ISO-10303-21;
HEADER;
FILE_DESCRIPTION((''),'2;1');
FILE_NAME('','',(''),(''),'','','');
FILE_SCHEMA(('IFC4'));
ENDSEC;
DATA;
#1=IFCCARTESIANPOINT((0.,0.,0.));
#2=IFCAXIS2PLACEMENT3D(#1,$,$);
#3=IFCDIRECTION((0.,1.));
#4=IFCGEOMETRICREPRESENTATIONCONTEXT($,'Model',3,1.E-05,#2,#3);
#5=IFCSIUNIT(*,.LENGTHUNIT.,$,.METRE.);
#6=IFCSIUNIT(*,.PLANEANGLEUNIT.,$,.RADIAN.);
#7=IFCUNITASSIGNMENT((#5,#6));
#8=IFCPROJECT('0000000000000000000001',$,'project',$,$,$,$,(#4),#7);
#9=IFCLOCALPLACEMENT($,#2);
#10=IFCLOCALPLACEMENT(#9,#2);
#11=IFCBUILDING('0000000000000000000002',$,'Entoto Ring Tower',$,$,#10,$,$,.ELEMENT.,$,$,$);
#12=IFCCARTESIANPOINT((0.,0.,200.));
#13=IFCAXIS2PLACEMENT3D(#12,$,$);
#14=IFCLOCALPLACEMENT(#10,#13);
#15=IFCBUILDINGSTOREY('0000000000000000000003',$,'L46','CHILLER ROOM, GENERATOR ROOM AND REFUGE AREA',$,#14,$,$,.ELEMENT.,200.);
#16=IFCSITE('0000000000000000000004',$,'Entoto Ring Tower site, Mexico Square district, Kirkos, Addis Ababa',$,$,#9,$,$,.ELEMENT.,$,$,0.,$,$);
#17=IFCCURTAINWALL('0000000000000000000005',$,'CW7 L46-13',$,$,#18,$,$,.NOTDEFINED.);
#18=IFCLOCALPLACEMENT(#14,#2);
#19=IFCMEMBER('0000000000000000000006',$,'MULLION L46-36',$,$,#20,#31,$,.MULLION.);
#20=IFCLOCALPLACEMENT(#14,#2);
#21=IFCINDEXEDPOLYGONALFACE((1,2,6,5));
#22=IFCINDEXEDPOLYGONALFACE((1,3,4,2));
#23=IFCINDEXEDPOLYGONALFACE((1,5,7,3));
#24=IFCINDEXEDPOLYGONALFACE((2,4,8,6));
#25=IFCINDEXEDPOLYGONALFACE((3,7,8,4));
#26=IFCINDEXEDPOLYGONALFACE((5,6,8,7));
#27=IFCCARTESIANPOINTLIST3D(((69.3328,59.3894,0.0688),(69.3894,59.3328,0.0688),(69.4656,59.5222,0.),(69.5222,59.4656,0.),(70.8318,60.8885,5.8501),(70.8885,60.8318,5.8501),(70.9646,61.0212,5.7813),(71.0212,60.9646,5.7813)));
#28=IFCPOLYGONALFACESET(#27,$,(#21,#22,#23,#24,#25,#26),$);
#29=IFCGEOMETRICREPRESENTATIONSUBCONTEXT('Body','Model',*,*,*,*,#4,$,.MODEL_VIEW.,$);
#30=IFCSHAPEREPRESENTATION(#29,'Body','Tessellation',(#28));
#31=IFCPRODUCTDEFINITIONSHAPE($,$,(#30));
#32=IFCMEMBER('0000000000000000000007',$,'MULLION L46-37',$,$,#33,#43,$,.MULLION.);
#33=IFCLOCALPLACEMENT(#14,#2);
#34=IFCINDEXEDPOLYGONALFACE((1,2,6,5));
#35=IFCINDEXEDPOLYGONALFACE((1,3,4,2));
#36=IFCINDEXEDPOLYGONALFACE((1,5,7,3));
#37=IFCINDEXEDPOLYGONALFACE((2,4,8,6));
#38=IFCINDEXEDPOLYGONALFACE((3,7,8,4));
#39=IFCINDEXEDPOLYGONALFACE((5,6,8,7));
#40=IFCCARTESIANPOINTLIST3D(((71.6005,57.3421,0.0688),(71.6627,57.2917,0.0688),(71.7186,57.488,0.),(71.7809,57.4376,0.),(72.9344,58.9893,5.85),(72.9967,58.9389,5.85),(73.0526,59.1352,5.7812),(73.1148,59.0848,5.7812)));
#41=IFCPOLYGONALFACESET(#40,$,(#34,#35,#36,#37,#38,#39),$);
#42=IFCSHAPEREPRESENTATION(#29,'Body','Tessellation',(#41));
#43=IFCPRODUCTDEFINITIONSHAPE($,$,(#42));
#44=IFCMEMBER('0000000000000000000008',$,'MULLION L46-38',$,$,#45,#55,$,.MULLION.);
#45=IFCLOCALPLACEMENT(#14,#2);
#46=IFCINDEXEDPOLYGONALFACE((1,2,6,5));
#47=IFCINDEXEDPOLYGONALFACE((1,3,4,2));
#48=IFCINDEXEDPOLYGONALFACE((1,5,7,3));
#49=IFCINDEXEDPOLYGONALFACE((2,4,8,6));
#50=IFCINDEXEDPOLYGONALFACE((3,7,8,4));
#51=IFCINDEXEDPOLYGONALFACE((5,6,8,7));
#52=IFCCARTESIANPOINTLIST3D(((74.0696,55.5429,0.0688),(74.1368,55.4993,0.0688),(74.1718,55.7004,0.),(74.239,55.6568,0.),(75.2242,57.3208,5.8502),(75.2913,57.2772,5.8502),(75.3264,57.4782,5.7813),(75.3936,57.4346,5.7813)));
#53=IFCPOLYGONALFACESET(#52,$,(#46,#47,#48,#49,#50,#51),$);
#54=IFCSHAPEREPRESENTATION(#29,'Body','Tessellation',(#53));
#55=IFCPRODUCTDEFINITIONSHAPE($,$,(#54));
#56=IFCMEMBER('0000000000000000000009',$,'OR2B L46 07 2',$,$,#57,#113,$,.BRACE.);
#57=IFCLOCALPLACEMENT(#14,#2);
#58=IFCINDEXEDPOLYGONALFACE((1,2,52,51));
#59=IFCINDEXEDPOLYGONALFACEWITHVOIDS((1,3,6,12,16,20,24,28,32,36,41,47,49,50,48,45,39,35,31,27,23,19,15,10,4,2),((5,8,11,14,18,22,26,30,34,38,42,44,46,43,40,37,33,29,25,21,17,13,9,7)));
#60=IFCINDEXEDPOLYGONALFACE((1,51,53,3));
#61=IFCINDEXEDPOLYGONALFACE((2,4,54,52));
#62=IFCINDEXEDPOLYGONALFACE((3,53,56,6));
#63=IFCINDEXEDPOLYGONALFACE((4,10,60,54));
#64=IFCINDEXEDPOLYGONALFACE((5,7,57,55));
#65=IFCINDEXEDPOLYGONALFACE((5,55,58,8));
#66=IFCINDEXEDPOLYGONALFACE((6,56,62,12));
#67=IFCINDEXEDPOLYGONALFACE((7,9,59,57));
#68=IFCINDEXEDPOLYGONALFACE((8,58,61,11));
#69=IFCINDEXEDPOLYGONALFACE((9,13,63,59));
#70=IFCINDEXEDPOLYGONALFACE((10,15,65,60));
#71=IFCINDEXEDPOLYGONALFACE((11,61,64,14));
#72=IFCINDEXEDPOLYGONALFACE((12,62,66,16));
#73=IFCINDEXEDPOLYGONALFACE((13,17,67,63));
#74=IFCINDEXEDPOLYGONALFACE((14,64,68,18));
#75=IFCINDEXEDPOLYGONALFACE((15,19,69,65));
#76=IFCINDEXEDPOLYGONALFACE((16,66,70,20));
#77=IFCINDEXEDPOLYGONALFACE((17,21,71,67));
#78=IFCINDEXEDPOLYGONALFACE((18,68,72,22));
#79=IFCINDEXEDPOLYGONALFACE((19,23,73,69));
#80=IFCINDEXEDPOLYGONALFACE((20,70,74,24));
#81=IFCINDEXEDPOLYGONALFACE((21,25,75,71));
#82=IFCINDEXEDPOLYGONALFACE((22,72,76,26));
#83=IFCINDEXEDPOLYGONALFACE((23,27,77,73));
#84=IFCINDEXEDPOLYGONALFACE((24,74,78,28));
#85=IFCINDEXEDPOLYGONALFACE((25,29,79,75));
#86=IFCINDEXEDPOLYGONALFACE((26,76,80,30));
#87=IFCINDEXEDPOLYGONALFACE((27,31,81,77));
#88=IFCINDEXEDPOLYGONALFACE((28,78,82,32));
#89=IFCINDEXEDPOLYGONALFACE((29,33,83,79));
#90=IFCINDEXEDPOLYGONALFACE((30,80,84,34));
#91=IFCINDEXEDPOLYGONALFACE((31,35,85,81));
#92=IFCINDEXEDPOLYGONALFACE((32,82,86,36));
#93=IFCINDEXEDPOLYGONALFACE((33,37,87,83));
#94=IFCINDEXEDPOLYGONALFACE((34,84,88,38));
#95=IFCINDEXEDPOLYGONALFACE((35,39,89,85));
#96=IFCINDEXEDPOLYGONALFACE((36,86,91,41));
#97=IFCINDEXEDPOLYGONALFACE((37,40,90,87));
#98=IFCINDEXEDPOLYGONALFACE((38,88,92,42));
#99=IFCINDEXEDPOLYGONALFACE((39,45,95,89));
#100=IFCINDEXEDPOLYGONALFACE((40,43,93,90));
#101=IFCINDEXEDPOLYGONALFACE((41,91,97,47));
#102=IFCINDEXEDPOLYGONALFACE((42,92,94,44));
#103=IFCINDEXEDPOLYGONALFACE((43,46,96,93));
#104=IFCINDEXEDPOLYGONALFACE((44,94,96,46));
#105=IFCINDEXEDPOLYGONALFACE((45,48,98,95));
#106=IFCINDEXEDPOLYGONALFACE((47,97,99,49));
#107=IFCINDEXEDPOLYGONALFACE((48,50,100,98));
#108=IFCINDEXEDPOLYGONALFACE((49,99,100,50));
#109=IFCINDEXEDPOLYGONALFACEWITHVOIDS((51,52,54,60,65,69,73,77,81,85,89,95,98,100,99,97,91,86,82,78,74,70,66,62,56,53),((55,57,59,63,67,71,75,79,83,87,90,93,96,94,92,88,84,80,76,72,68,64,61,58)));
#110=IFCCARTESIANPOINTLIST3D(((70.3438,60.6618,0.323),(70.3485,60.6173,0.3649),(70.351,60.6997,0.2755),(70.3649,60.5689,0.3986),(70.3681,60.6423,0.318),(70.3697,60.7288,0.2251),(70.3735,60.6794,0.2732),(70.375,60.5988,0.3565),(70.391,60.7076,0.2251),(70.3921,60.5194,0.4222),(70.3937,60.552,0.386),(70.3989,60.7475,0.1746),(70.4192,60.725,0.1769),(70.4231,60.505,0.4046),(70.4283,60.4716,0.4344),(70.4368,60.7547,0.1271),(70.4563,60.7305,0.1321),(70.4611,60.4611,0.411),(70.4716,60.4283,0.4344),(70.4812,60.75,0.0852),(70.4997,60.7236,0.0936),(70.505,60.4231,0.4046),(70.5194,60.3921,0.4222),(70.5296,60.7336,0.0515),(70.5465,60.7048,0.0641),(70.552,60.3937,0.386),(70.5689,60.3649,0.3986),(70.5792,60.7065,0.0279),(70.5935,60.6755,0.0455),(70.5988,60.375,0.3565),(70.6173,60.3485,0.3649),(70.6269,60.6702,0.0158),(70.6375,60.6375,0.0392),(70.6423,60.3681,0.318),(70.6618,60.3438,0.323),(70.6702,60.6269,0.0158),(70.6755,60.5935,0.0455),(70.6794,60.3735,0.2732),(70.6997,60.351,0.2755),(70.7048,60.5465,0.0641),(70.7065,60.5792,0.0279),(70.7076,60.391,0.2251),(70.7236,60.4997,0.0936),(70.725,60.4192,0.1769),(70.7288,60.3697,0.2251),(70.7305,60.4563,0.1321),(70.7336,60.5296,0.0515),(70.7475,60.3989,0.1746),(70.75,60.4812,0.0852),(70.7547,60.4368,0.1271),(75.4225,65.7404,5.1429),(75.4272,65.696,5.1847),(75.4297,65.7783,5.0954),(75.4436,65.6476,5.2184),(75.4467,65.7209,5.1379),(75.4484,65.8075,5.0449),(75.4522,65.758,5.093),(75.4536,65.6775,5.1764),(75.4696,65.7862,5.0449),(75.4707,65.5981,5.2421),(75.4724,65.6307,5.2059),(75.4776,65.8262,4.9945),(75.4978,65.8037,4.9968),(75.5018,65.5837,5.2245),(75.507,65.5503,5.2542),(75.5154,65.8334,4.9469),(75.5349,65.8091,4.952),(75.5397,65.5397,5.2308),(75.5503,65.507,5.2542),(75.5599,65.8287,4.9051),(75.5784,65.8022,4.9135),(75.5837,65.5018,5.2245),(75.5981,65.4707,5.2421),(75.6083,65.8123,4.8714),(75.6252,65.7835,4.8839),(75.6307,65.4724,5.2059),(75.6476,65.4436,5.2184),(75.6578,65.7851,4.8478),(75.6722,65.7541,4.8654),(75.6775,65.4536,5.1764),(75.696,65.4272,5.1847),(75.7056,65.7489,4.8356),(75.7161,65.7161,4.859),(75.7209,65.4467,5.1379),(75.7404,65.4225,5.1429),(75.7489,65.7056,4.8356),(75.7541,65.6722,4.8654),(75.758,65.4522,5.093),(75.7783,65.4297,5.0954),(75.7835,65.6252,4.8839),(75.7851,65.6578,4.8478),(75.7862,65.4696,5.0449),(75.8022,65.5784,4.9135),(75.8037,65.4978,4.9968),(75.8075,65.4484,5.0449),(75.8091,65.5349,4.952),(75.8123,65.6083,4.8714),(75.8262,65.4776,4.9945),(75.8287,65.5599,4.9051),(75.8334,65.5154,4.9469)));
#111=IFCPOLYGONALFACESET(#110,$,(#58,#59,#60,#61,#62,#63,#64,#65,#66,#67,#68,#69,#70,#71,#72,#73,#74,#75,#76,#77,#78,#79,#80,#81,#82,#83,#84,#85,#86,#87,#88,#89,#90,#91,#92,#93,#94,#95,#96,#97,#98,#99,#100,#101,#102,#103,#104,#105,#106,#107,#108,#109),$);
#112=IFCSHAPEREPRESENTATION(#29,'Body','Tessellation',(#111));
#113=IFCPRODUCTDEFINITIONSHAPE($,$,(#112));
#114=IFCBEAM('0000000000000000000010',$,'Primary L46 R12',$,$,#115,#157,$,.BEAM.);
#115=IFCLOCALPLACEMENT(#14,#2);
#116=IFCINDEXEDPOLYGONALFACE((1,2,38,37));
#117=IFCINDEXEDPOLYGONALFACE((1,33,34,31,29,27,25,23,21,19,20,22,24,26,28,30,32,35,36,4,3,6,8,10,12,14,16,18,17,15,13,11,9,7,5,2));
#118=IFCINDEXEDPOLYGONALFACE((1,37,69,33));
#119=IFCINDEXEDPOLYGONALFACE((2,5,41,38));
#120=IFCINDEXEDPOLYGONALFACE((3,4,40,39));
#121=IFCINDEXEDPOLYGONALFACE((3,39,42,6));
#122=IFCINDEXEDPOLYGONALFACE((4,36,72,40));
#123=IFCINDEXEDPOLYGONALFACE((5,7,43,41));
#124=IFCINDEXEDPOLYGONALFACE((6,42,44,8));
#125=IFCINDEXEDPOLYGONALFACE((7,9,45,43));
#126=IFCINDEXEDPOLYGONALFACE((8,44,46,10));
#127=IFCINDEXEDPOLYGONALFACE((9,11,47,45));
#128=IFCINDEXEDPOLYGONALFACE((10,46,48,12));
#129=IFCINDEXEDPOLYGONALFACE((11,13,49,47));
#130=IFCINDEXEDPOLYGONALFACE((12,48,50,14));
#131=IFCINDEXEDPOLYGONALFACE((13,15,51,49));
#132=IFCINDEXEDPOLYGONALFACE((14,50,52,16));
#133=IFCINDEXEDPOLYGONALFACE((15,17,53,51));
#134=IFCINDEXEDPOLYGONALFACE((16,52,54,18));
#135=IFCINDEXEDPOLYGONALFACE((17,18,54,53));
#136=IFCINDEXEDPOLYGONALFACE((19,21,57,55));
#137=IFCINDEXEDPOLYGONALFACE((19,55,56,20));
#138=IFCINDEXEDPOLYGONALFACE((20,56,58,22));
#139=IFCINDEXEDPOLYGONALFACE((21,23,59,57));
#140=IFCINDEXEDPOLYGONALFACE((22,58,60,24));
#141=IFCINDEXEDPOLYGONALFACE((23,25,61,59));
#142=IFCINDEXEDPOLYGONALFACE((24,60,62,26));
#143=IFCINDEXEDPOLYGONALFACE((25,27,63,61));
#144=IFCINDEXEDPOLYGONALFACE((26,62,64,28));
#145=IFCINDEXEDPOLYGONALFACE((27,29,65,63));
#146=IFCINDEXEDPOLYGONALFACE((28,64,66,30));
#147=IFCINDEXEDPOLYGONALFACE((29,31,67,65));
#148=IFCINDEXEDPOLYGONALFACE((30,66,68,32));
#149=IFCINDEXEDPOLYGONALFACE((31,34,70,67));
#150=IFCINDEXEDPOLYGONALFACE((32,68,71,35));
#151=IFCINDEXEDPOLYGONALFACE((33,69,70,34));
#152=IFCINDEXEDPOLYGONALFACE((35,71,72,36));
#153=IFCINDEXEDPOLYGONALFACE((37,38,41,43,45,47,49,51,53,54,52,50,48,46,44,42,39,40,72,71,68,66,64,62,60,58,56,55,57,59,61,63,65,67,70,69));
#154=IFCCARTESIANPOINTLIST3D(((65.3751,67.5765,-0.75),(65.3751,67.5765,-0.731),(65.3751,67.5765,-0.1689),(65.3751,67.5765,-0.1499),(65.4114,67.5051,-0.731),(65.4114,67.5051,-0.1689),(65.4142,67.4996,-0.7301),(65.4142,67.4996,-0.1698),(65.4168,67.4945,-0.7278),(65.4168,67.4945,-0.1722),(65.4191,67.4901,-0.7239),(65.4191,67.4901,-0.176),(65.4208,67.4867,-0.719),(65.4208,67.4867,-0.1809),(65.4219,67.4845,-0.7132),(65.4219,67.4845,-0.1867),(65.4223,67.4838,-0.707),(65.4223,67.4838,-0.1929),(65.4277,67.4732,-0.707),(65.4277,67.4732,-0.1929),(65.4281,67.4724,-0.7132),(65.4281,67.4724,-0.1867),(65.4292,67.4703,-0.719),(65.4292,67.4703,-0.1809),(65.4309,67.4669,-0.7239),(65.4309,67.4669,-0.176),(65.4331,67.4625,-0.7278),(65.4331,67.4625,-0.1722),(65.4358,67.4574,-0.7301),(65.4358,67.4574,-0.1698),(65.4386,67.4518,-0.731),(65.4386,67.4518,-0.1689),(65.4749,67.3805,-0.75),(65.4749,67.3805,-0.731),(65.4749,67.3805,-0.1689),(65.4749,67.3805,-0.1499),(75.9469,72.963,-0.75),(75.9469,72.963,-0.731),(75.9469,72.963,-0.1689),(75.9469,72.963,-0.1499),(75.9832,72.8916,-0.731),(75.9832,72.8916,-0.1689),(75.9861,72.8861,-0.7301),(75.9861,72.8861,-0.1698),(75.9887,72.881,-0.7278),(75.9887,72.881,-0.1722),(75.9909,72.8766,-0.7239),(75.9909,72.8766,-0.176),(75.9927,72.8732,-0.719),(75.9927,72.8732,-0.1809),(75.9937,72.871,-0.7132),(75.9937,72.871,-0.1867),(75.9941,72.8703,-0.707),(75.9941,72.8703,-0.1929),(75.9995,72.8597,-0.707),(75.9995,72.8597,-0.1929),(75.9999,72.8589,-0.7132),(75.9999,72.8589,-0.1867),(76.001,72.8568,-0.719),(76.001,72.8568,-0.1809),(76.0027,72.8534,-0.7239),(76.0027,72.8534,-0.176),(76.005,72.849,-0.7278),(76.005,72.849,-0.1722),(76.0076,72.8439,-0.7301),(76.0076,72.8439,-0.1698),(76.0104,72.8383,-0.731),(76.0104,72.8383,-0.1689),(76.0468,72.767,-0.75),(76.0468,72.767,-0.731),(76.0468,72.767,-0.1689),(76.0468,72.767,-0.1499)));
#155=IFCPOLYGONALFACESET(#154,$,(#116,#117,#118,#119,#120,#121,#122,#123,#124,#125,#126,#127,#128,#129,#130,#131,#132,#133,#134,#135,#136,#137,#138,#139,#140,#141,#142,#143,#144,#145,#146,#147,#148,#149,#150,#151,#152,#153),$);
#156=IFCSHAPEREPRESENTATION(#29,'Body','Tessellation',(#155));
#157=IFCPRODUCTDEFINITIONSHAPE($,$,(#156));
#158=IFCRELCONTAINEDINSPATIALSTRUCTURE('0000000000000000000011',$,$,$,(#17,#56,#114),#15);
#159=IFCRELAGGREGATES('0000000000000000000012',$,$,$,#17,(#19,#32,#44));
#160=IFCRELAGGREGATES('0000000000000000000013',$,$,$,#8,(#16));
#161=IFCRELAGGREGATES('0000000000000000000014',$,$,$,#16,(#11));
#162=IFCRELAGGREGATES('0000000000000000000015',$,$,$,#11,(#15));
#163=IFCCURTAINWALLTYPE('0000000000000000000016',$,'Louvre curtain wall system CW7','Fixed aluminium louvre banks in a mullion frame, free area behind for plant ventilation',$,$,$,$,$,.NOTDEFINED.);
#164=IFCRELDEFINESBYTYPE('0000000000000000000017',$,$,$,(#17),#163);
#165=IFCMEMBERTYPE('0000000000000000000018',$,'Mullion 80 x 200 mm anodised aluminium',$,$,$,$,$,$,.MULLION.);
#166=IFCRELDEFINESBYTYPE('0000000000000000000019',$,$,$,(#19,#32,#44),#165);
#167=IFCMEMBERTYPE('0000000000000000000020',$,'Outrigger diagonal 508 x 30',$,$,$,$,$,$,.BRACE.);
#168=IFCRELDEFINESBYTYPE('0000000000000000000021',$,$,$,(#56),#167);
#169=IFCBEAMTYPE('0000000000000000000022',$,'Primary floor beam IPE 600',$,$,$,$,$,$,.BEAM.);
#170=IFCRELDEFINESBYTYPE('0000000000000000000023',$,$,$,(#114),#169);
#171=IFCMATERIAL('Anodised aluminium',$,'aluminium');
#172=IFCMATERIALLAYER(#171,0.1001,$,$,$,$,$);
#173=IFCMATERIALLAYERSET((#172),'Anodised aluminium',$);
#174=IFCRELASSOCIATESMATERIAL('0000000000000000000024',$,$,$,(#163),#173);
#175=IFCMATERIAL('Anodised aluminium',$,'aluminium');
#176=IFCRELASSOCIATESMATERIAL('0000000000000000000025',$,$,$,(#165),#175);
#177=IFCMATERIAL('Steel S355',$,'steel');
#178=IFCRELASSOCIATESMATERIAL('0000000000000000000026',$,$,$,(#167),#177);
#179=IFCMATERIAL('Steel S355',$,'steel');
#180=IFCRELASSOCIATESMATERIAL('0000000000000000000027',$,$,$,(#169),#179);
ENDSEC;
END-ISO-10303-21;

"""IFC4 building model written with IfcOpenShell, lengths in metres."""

from ifc_helpers import new_model, si_unit, direction, frame, origin, origin_2d, place, context, subcontext, project, spatial, rectangle, circle, hollow_circle, i_section, extrude, material, layer, layer_set, material_profile, profile_set, type_object, element, aggregate, save


model = new_model("IFC4")

# Units and contexts
model_context = context("Model", 3, precision=1e-05, world=origin(), true_north=direction((0.0, 1.0)))
body_context = subcontext(model_context, "Body", "Model", "MODEL_VIEW")
ifc_project = project(units=[si_unit("LENGTHUNIT", "METRE"), si_unit("PLANEANGLEUNIT", "RADIAN")], contexts=[model_context])

# Site, building, storey
site_placement = place(None, origin())
site = spatial("IfcSite", under=ifc_project, at=site_placement, Name="Entoto Ring Tower site, Mexico Square district, Kirkos, Addis Ababa", CompositionType="ELEMENT", RefElevation=0.0)
building_placement = place(site_placement, origin())
building = spatial("IfcBuilding", under=site, at=building_placement, Name="Entoto Ring Tower", CompositionType="ELEMENT")
storey_placement = place(building_placement, frame((0.0, 0.0, 200.0)))
storey = spatial("IfcBuildingStorey", under=building, at=storey_placement, Name="L46", Description="CHILLER ROOM, GENERATOR ROOM AND REFUGE AREA", CompositionType="ELEMENT", Elevation=200.0)

# Curtain wall, members
ifc_material_1 = material(Name="Anodised aluminium", Category="aluminium")
ifc_layer_1 = layer(ifc_material_1, 0.1001)
ifc_layer_set_1 = layer_set([ifc_layer_1], Name="Anodised aluminium")
curtain_wall_type = type_object("IfcCurtainWallType", Name="Louvre curtain wall system CW7", Description="Fixed aluminium louvre banks in a mullion frame, free area behind for plant ventilation", PredefinedType="NOTDEFINED", material=ifc_layer_set_1)
ifc_material_2 = material(Name="Anodised aluminium", Category="aluminium")
ifc_material_profile_1 = material_profile(ifc_material_2, rectangle(XDim=0.0801, YDim=0.2, at=origin_2d()), Name="Mullion 80 x 200 mm anodised aluminium")
ifc_profile_set_1 = profile_set([ifc_material_profile_1], Name="Anodised aluminium")
member_type_1 = type_object("IfcMemberType", Name="Mullion 80 x 200 mm anodised aluminium", PredefinedType="MULLION", material=ifc_profile_set_1)
curtain_wall_1_placement = place(storey_placement, origin())
curtain_wall_1 = element("IfcCurtainWall", 1, at=curtain_wall_1_placement, inside=storey, type_object=curtain_wall_type, Name="CW7 L46-13", PredefinedType="NOTDEFINED")
member_1_placement = place(storey_placement, frame((69.4275, 59.4275, 0.0344), z_axis=(0.24344, 0.24344, 0.938869), x_axis=(-0.707107, 0.707107, 0.0)))
member_1 = element("IfcMember", 2, at=member_1_placement, type_object=member_type_1, Name="MULLION L46-36", PredefinedType="MULLION", context=body_context, shape_type="SweptSolid", body=[
    extrude(rectangle(XDim=0.0801, YDim=0.2, at=origin_2d()), origin(), (0.0, 0.0, 1.0), 6.1577),
])
member_2_placement = place(storey_placement, frame((71.6907, 57.3899, 0.0344), z_axis=(0.216641, 0.267511, 0.938885), x_axis=(-0.777124, 0.629347, 0.0)))
member_2 = element("IfcMember", 3, at=member_2_placement, type_object=member_type_1, Name="MULLION L46-37", PredefinedType="MULLION", context=body_context, shape_type="SweptSolid", body=[
    extrude(rectangle(XDim=0.0801, YDim=0.2, at=origin_2d()), origin(), (0.0, 0.0, 1.0), 6.1575),
])
member_3_placement = place(storey_placement, frame((74.1543, 55.5999, 0.0344), z_axis=(0.187497, 0.28872, 0.938875), x_axis=(-0.83867, 0.54464, 0.0)))
member_3 = element("IfcMember", 4, at=member_3_placement, type_object=member_type_1, Name="MULLION L46-38", PredefinedType="MULLION", context=body_context, shape_type="SweptSolid", body=[
    extrude(rectangle(XDim=0.0801, YDim=0.2, at=origin_2d()), origin(), (0.0, 0.0, 1.0), 6.1577),
])
aggregate(curtain_wall_1, [member_1, member_2, member_3])

# Member
ifc_material_3 = material(Name="Steel S355", Category="steel")
ifc_material_profile_2 = material_profile(ifc_material_3, hollow_circle(Radius=0.2539, WallThickness=0.03, at=origin_2d()), Name="CHS 508 x 30")
ifc_material_4 = material(Name="Concrete C60/75", Category="concrete")
ifc_material_profile_3 = material_profile(ifc_material_4, circle(Radius=0.2241, at=origin_2d()), Name="Concrete C60/75 infill")
ifc_profile_set_2 = profile_set([ifc_material_profile_2, ifc_material_profile_3], Name="Steel S355")
member_type_2 = type_object("IfcMemberType", Name="Outrigger diagonal 508 x 30", PredefinedType="BRACE", material=ifc_profile_set_2)
member_4_placement = place(storey_placement, frame((75.6279, 65.6279, 5.0449), z_axis=(-0.587151, -0.587151, -0.557232), x_axis=(0.707107, -0.707107, 0.0)))
element("IfcMember", 5, at=member_4_placement, inside=storey, type_object=member_type_2, Name="OR2B L46 07 2", PredefinedType="BRACE", context=body_context, shape_type="SweptSolid", body=[
    extrude(hollow_circle(Radius=0.2539, WallThickness=0.03, at=origin_2d()), origin(), (0.0, 0.0, 1.0), 8.6497),
])

# Beam
ifc_material_5 = material(Name="Steel S355", Category="steel")
ifc_material_profile_4 = material_profile(ifc_material_5, i_section(OverallWidth=0.22, OverallDepth=0.6001, WebThickness=0.012, FlangeThickness=0.019, FilletRadius=0.0239, at=origin_2d()), Name="IPE 600")
ifc_profile_set_3 = profile_set([ifc_material_profile_4], Name="Steel S355")
beam_type_1 = type_object("IfcBeamType", Name="Primary floor beam IPE 600", PredefinedType="BEAM", material=ifc_profile_set_3)
beam_1_placement = place(storey_placement, frame((75.9968, 72.865, -0.45), z_axis=(-0.89101, -0.453983, 0.0), x_axis=(0.453983, -0.89101, 0.0)))
element("IfcBeam", 6, at=beam_1_placement, inside=storey, type_object=beam_type_1, Name="Primary L46 R12", PredefinedType="BEAM", context=body_context, shape_type="SweptSolid", body=[
    extrude(i_section(OverallWidth=0.22, OverallDepth=0.6001, WebThickness=0.012, FlangeThickness=0.019, FilletRadius=0.0239, at=origin_2d()), origin(), (0.0, 0.0, 1.0), 11.865),
])

save(model, "model.ifc")
